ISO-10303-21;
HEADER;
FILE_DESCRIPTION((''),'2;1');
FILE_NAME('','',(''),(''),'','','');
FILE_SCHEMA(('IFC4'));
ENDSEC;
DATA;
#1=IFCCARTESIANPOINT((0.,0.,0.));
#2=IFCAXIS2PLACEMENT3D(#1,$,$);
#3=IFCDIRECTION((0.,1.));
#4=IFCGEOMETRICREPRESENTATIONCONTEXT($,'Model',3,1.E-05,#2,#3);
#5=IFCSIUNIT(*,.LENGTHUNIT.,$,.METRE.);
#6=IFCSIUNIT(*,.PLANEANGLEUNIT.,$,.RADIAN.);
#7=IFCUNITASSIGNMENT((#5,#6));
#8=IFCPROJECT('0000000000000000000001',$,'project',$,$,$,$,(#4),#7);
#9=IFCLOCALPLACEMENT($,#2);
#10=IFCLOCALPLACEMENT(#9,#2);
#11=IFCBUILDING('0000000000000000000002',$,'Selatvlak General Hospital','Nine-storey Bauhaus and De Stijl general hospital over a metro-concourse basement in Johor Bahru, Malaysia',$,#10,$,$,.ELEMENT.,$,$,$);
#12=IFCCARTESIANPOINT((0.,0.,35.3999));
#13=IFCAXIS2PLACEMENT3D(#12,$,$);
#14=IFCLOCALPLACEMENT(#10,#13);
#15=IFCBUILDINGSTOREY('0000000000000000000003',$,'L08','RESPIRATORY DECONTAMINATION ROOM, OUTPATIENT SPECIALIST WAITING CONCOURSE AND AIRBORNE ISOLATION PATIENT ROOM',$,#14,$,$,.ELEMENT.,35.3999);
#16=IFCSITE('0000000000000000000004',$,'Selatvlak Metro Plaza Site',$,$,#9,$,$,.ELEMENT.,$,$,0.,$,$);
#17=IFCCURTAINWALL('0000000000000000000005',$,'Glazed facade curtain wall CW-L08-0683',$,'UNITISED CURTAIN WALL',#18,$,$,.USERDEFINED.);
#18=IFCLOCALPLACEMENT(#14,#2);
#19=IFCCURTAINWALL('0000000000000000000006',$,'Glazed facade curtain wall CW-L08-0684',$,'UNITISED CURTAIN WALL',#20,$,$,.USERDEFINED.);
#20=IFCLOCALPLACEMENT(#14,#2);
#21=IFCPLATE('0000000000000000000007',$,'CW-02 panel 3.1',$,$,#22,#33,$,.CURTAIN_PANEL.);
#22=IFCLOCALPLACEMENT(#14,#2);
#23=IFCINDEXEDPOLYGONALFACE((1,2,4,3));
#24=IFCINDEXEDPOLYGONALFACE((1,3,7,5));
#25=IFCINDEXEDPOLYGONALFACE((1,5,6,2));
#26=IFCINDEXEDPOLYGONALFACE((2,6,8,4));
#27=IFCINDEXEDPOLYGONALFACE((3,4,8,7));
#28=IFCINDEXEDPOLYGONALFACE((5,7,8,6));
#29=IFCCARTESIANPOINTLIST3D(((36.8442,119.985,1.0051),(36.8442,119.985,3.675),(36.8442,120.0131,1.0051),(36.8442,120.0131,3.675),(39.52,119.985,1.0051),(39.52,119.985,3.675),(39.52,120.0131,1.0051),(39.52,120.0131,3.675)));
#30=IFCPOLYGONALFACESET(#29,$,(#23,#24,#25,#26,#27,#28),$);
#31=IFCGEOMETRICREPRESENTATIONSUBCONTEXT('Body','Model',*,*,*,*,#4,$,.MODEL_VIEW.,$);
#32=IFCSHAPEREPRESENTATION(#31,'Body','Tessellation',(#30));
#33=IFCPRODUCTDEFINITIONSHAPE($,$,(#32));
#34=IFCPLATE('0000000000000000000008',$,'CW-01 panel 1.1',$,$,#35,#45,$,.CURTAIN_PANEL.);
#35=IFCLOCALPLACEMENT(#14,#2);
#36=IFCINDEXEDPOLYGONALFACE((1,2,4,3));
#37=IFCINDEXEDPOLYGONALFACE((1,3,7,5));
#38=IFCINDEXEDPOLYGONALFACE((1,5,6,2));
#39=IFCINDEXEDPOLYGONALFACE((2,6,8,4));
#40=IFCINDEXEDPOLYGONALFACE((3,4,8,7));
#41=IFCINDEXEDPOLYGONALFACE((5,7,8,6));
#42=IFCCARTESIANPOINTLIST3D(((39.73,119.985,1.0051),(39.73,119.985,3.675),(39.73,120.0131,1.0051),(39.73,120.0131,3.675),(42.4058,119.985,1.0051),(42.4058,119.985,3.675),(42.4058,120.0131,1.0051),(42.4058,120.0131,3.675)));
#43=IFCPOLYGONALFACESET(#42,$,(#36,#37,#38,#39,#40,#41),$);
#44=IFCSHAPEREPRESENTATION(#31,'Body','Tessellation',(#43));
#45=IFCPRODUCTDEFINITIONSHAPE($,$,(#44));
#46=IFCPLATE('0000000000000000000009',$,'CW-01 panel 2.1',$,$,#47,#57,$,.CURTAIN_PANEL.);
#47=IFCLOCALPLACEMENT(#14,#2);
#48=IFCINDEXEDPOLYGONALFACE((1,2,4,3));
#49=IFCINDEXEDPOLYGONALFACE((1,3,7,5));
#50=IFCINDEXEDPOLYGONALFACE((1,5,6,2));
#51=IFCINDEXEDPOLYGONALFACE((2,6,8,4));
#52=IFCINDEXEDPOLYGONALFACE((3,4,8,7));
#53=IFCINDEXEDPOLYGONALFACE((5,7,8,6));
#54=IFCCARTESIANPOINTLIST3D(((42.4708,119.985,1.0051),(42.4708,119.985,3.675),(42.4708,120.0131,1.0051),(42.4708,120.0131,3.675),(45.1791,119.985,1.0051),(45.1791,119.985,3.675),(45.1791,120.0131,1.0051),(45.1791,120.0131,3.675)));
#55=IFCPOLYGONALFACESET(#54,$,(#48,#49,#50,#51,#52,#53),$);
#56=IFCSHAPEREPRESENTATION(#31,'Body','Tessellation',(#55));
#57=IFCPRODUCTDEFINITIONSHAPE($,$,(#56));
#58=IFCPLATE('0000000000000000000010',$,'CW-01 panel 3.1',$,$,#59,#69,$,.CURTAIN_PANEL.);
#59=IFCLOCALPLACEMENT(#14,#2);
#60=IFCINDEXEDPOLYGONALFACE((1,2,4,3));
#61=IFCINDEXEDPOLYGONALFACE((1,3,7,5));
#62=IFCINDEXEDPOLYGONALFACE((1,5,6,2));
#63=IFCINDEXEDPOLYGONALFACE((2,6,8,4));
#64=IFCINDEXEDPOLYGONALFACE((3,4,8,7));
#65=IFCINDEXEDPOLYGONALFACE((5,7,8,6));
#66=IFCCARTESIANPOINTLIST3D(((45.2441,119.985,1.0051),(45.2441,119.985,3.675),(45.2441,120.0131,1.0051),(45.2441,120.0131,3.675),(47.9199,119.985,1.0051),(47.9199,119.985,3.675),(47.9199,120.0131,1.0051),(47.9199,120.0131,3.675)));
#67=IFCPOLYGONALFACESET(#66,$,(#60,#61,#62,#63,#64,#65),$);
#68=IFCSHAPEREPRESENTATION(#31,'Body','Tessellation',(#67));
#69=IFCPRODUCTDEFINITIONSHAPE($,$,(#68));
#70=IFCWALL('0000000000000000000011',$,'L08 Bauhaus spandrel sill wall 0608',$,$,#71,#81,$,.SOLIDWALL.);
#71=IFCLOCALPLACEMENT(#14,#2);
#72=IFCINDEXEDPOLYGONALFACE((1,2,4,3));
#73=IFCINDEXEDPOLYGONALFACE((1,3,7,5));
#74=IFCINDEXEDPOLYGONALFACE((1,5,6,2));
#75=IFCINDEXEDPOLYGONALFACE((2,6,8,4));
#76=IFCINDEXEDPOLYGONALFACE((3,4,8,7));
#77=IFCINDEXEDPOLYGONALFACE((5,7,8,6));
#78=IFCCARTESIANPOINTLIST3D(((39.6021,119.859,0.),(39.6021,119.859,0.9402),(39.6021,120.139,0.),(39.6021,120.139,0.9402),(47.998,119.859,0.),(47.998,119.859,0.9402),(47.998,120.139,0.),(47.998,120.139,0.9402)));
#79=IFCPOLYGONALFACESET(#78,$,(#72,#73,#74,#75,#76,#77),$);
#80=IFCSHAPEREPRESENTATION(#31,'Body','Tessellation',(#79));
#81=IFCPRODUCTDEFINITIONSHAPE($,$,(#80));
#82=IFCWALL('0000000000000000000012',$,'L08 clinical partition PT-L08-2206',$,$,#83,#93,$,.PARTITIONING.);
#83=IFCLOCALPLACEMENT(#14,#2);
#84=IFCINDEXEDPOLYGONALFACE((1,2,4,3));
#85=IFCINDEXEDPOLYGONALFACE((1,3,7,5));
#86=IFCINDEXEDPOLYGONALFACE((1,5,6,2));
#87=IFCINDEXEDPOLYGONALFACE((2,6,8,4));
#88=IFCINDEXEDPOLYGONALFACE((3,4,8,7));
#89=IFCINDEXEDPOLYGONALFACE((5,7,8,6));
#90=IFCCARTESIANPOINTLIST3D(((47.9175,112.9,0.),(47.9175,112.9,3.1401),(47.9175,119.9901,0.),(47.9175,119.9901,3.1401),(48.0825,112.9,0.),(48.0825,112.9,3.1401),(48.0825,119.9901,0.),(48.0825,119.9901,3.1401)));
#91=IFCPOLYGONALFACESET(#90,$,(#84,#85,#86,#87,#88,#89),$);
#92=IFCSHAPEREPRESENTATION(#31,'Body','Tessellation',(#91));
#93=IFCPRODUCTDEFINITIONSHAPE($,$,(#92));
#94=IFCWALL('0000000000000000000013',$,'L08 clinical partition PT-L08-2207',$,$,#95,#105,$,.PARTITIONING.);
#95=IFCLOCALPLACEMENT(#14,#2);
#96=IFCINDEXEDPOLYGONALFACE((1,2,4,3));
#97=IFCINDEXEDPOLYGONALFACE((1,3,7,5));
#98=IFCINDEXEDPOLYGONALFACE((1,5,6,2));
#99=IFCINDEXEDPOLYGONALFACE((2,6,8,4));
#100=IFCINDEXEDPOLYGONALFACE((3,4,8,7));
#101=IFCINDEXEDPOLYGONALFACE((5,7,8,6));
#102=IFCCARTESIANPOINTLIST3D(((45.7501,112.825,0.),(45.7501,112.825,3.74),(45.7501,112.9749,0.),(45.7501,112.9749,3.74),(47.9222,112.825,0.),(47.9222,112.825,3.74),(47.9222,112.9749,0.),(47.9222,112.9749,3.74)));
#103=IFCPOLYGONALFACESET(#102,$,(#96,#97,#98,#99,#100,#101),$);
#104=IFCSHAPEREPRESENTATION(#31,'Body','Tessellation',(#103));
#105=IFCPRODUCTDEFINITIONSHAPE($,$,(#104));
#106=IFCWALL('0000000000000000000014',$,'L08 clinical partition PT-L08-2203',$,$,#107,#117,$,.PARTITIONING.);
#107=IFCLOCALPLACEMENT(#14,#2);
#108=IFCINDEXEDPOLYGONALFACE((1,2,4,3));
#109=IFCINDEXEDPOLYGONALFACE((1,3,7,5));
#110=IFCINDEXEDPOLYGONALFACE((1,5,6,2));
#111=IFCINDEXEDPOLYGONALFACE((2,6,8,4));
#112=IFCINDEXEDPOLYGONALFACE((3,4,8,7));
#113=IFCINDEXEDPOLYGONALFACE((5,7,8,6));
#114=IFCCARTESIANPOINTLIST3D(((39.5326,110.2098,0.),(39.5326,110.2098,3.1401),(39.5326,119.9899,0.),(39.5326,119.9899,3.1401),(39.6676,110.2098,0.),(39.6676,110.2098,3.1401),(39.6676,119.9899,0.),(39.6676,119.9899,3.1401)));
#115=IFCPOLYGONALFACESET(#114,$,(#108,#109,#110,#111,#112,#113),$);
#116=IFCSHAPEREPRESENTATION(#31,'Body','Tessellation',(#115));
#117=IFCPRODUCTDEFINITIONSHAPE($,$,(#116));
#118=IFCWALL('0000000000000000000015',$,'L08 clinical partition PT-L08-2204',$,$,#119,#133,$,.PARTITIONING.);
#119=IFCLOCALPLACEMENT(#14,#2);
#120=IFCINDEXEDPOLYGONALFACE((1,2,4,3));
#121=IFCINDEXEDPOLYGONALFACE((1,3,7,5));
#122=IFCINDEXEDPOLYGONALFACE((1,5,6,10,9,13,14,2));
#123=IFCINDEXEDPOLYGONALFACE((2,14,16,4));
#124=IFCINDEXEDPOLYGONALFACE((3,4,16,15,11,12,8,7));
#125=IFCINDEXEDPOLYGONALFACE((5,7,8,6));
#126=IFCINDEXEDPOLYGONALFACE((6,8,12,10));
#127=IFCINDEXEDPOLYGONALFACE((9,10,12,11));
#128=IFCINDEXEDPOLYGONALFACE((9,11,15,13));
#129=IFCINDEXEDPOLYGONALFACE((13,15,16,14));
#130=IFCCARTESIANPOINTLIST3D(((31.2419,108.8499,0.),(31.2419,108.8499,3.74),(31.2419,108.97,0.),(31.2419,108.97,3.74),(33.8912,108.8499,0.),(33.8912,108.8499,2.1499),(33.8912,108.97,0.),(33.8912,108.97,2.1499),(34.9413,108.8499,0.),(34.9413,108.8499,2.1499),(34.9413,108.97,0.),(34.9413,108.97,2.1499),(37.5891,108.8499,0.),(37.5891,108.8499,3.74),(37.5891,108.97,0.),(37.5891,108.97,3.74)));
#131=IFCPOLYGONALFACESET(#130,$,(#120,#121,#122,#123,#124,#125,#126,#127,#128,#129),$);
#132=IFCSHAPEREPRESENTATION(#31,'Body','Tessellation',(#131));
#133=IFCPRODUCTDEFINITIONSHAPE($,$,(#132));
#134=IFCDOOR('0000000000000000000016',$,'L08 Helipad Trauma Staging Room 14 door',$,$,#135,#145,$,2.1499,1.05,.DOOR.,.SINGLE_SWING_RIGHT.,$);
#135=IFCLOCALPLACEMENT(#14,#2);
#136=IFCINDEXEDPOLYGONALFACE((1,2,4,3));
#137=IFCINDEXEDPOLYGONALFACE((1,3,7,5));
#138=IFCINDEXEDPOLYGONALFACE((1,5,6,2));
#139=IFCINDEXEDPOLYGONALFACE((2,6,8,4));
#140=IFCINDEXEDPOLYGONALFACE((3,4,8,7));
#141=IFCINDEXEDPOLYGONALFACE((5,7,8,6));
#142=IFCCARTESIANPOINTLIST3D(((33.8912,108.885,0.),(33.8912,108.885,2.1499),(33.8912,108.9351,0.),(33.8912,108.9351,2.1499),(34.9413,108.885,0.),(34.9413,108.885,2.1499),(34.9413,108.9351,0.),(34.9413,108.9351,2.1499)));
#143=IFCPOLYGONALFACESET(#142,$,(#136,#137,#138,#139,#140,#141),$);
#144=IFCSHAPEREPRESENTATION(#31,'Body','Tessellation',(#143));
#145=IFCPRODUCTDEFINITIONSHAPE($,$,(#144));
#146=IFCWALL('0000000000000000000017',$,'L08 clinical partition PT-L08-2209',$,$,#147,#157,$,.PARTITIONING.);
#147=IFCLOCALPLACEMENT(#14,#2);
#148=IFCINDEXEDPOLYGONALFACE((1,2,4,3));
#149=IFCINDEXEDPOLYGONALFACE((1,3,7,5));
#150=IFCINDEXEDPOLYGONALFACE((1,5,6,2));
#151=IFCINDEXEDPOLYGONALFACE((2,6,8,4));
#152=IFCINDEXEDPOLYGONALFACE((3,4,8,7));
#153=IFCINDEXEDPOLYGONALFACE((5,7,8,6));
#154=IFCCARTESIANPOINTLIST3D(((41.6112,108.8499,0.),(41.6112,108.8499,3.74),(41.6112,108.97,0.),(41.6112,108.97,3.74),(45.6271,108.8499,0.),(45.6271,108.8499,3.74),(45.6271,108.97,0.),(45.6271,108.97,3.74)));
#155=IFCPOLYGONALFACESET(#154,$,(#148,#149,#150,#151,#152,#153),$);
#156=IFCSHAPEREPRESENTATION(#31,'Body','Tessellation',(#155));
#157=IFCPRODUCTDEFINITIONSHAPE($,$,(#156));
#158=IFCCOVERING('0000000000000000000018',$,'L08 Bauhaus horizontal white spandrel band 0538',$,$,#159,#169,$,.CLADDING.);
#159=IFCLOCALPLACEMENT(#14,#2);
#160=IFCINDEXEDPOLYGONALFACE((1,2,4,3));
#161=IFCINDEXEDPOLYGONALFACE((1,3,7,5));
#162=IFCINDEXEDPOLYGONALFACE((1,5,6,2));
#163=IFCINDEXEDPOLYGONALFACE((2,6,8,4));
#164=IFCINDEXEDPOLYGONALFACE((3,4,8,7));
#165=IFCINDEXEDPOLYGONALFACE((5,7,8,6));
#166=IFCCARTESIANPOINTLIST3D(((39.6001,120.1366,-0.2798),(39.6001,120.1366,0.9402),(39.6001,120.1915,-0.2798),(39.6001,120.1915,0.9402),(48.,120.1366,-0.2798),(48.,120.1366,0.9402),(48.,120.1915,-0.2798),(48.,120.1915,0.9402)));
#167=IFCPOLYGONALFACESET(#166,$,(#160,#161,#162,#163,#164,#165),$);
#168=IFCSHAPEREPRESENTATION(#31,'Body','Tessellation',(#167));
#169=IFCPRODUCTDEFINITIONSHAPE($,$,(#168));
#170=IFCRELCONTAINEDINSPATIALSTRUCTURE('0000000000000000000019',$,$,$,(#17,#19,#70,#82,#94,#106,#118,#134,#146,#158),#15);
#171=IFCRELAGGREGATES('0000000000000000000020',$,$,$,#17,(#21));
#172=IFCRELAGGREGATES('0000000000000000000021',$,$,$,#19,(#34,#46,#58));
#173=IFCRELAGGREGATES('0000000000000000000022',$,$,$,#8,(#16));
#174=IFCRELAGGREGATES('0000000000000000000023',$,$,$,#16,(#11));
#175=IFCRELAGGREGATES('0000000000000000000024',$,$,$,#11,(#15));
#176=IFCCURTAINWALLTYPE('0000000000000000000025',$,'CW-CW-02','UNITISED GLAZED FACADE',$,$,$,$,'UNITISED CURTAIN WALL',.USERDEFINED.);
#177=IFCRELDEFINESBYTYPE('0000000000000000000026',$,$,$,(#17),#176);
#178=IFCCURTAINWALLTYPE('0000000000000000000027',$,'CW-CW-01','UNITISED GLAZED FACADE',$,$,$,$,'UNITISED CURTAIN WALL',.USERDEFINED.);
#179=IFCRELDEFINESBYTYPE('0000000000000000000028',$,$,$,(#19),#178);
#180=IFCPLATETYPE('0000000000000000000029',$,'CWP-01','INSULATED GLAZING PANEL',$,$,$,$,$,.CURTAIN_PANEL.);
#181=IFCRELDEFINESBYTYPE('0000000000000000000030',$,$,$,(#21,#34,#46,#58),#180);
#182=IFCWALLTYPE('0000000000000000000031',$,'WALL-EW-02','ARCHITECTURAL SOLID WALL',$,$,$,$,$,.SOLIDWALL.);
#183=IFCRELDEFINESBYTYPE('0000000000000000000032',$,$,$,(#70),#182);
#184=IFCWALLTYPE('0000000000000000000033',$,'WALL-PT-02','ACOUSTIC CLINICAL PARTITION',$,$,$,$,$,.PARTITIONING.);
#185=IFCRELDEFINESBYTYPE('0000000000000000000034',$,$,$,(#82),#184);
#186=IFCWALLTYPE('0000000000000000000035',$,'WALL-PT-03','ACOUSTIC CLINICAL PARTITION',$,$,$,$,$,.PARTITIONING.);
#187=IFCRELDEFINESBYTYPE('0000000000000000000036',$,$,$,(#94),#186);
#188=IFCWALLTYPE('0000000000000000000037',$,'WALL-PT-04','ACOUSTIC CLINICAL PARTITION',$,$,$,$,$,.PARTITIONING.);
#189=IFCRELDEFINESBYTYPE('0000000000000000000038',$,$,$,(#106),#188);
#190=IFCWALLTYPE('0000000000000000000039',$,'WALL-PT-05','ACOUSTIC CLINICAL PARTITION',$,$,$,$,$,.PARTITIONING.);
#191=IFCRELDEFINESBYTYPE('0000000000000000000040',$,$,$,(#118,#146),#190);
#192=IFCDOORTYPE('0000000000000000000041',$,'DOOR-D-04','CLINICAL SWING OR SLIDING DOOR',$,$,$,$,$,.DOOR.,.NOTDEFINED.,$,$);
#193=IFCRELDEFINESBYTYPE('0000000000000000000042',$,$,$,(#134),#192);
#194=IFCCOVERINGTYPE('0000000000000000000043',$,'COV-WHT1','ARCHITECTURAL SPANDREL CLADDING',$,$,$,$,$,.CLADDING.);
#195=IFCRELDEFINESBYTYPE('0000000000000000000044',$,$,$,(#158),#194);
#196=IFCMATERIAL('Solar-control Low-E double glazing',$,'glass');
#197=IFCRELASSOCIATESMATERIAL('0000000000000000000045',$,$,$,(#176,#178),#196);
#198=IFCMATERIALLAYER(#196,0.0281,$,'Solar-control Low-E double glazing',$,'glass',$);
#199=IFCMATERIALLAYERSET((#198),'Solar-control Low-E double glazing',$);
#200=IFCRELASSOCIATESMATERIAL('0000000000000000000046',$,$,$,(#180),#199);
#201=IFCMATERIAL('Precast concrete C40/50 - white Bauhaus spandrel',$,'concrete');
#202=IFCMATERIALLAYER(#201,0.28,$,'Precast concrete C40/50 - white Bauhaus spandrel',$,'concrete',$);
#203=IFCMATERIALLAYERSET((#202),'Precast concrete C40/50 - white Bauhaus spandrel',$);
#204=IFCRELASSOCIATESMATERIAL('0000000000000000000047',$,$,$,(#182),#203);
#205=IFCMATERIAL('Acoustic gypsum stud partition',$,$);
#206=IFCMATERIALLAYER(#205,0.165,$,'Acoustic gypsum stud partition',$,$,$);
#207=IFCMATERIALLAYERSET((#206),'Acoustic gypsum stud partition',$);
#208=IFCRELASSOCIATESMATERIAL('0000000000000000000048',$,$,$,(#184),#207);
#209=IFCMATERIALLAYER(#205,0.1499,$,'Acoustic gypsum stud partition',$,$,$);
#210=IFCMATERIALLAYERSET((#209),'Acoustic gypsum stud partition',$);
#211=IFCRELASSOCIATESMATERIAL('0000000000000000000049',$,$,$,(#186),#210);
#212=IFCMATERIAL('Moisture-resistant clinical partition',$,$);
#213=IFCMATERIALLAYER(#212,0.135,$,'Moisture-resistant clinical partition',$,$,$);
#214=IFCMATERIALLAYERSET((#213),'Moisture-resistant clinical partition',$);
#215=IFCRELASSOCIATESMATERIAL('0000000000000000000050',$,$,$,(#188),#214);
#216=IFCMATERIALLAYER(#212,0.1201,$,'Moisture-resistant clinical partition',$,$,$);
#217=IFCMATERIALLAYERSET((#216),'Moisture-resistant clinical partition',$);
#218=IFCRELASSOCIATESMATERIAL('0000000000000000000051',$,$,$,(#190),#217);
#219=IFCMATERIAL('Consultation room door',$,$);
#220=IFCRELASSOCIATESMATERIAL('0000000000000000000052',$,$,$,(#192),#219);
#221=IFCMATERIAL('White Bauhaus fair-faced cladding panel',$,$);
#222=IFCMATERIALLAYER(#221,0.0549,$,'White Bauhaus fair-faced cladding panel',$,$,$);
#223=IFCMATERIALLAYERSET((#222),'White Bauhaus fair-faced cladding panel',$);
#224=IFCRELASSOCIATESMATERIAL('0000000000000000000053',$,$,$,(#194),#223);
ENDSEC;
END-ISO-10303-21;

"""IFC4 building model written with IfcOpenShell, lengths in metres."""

from ifc_helpers import new_model, si_unit, direction, frame, frame_2d, origin, origin_2d, place, context, subcontext, project, spatial, rectangle, extrude, material, layer, layer_set, type_object, element, fill, aggregate, save


model = new_model("IFC4")

# Units and contexts
model_context = context("Model", 3, precision=1e-05, world=origin(), true_north=direction((0.0, 1.0)))
body_context = subcontext(model_context, "Body", "Model", "MODEL_VIEW")
ifc_project = project(units=[si_unit("LENGTHUNIT", "METRE"), si_unit("PLANEANGLEUNIT", "RADIAN")], contexts=[model_context])

# Site, building, storey
site_placement = place(None, origin())
site = spatial("IfcSite", under=ifc_project, at=site_placement, Name="Selatvlak Metro Plaza Site", CompositionType="ELEMENT", RefElevation=0.0)
building_placement = place(site_placement, origin())
building = spatial("IfcBuilding", under=site, at=building_placement, Name="Selatvlak General Hospital", Description="Nine-storey Bauhaus and De Stijl general hospital over a metro-concourse basement in Johor Bahru, Malaysia", CompositionType="ELEMENT")
storey_placement = place(building_placement, frame((0.0, 0.0, 35.3999)))
storey = spatial("IfcBuildingStorey", under=building, at=storey_placement, Name="L08", Description="RESPIRATORY DECONTAMINATION ROOM, OUTPATIENT SPECIALIST WAITING CONCOURSE AND AIRBORNE ISOLATION PATIENT ROOM", CompositionType="ELEMENT", Elevation=35.3999)

# Curtain wall
ifc_material_1 = material(Name="Solar-control Low-E double glazing", Category="glass")
curtain_wall_type_1 = type_object("IfcCurtainWallType", Name="CW-CW-02", Description="UNITISED GLAZED FACADE", ElementType="UNITISED CURTAIN WALL", PredefinedType="USERDEFINED", material=ifc_material_1)
curtain_wall_1_placement = place(storey_placement, origin())
curtain_wall_1 = element("IfcCurtainWall", 1, at=curtain_wall_1_placement, inside=storey, type_object=curtain_wall_type_1, Name="Glazed facade curtain wall CW-L08-0683", ObjectType="UNITISED CURTAIN WALL", PredefinedType="USERDEFINED")

# Curtain wall
curtain_wall_type_2 = type_object("IfcCurtainWallType", Name="CW-CW-01", Description="UNITISED GLAZED FACADE", ElementType="UNITISED CURTAIN WALL", PredefinedType="USERDEFINED", material=ifc_material_1)
curtain_wall_2_placement = place(storey_placement, origin())
curtain_wall_2 = element("IfcCurtainWall", 2, at=curtain_wall_2_placement, inside=storey, type_object=curtain_wall_type_2, Name="Glazed facade curtain wall CW-L08-0684", ObjectType="UNITISED CURTAIN WALL", PredefinedType="USERDEFINED")

# Plates
ifc_layer_1 = layer(ifc_material_1, 0.0281, Name="Solar-control Low-E double glazing", Category="glass")
ifc_layer_set_1 = layer_set([ifc_layer_1], Name="Solar-control Low-E double glazing")
plate_type = type_object("IfcPlateType", Name="CWP-01", Description="INSULATED GLAZING PANEL", PredefinedType="CURTAIN_PANEL", material=ifc_layer_set_1)
plate_1_placement = place(storey_placement, frame((38.1821, 119.999, 1.0051), z_axis=(0.0, 0.0, 1.0), x_axis=(1.0, 0.0, 0.0)))
plate_1 = element("IfcPlate", 3, at=plate_1_placement, type_object=plate_type, Name="CW-02 panel 3.1", PredefinedType="CURTAIN_PANEL", context=body_context, shape_type="SweptSolid", body=[
    extrude(rectangle(XDim=2.6758, YDim=0.0281, at=origin_2d()), origin(), (0.0, 0.0, 1.0), 2.6699),
])
aggregate(curtain_wall_1, [plate_1])
plate_2_placement = place(storey_placement, frame((41.0679, 119.999, 1.0051), z_axis=(0.0, 0.0, 1.0), x_axis=(1.0, 0.0, 0.0)))
plate_2 = element("IfcPlate", 4, at=plate_2_placement, type_object=plate_type, Name="CW-01 panel 1.1", PredefinedType="CURTAIN_PANEL", context=body_context, shape_type="SweptSolid", body=[
    extrude(rectangle(XDim=2.6758, YDim=0.0281, at=origin_2d()), origin(), (0.0, 0.0, 1.0), 2.6699),
])
plate_3_placement = place(storey_placement, frame((43.825, 119.999, 1.0051), z_axis=(0.0, 0.0, 1.0), x_axis=(1.0, 0.0, 0.0)))
plate_3 = element("IfcPlate", 5, at=plate_3_placement, type_object=plate_type, Name="CW-01 panel 2.1", PredefinedType="CURTAIN_PANEL", context=body_context, shape_type="SweptSolid", body=[
    extrude(rectangle(XDim=2.7083, YDim=0.0281, at=origin_2d()), origin(), (0.0, 0.0, 1.0), 2.6699),
])
plate_4_placement = place(storey_placement, frame((46.582, 119.999, 1.0051), z_axis=(0.0, 0.0, 1.0), x_axis=(1.0, 0.0, 0.0)))
plate_4 = element("IfcPlate", 6, at=plate_4_placement, type_object=plate_type, Name="CW-01 panel 3.1", PredefinedType="CURTAIN_PANEL", context=body_context, shape_type="SweptSolid", body=[
    extrude(rectangle(XDim=2.6758, YDim=0.0281, at=origin_2d()), origin(), (0.0, 0.0, 1.0), 2.6699),
])
aggregate(curtain_wall_2, [plate_2, plate_3, plate_4])

# Walls
ifc_material_2 = material(Name="Precast concrete C40/50 - white Bauhaus spandrel", Category="concrete")
ifc_layer_2 = layer(ifc_material_2, 0.28, Name="Precast concrete C40/50 - white Bauhaus spandrel", Category="concrete")
ifc_layer_set_2 = layer_set([ifc_layer_2], Name="Precast concrete C40/50 - white Bauhaus spandrel")
wall_type_1 = type_object("IfcWallType", Name="WALL-EW-02", Description="ARCHITECTURAL SOLID WALL", PredefinedType="SOLIDWALL", material=ifc_layer_set_2)
wall_1_placement = place(storey_placement, frame((39.6021, 119.999, 0.0), z_axis=(0.0, 0.0, 1.0), x_axis=(1.0, 0.0, 0.0)))
element("IfcWall", 7, at=wall_1_placement, inside=storey, type_object=wall_type_1, Name="L08 Bauhaus spandrel sill wall 0608", PredefinedType="SOLIDWALL", context=body_context, shape_type="SweptSolid", body=[
    extrude(rectangle(XDim=8.396, YDim=0.28, at=frame_2d((4.198, 0.0))), origin(), (0.0, 0.0, 1.0), 0.9402),
])
ifc_material_3 = material(Name="Acoustic gypsum stud partition")
ifc_layer_3 = layer(ifc_material_3, 0.165, Name="Acoustic gypsum stud partition")
ifc_layer_set_3 = layer_set([ifc_layer_3], Name="Acoustic gypsum stud partition")
wall_type_2 = type_object("IfcWallType", Name="WALL-PT-02", Description="ACOUSTIC CLINICAL PARTITION", PredefinedType="PARTITIONING", material=ifc_layer_set_3)
wall_2_placement = place(storey_placement, frame((48.0, 119.99, 0.0), z_axis=(0.0, 0.0, 1.0), x_axis=(0.0, -1.0, 0.0)))
element("IfcWall", 8, at=wall_2_placement, inside=storey, type_object=wall_type_2, Name="L08 clinical partition PT-L08-2206", PredefinedType="PARTITIONING", context=body_context, shape_type="SweptSolid", body=[
    extrude(rectangle(XDim=7.0901, YDim=0.165, at=frame_2d((3.5449, 0.0))), origin(), (0.0, 0.0, 1.0), 3.1401),
])
ifc_layer_4 = layer(ifc_material_3, 0.1499, Name="Acoustic gypsum stud partition")
ifc_layer_set_4 = layer_set([ifc_layer_4], Name="Acoustic gypsum stud partition")
wall_type_3 = type_object("IfcWallType", Name="WALL-PT-03", Description="ACOUSTIC CLINICAL PARTITION", PredefinedType="PARTITIONING", material=ifc_layer_set_4)
wall_3_placement = place(storey_placement, frame((47.9221, 112.8999, 0.0), z_axis=(0.0, 0.0, 1.0), x_axis=(-1.0, 0.0, 0.0)))
element("IfcWall", 9, at=wall_3_placement, inside=storey, type_object=wall_type_3, Name="L08 clinical partition PT-L08-2207", PredefinedType="PARTITIONING", context=body_context, shape_type="SweptSolid", body=[
    extrude(rectangle(XDim=2.1721, YDim=0.1499, at=frame_2d((1.0859, 0.0))), origin(), (0.0, 0.0, 1.0), 3.74),
])
ifc_material_4 = material(Name="Moisture-resistant clinical partition")
ifc_layer_5 = layer(ifc_material_4, 0.135, Name="Moisture-resistant clinical partition")
ifc_layer_set_5 = layer_set([ifc_layer_5], Name="Moisture-resistant clinical partition")
wall_type_4 = type_object("IfcWallType", Name="WALL-PT-04", Description="ACOUSTIC CLINICAL PARTITION", PredefinedType="PARTITIONING", material=ifc_layer_set_5)
wall_4_placement = place(storey_placement, frame((39.6001, 119.99, 0.0), z_axis=(0.0, 0.0, 1.0), x_axis=(0.0, -1.0, 0.0)))
element("IfcWall", 10, at=wall_4_placement, inside=storey, type_object=wall_type_4, Name="L08 clinical partition PT-L08-2203", PredefinedType="PARTITIONING", context=body_context, shape_type="SweptSolid", body=[
    extrude(rectangle(XDim=9.78, YDim=0.135, at=frame_2d((4.8901, 0.0))), origin(), (0.0, 0.0, 1.0), 3.1401),
])

# Wall, opening, door
ifc_layer_6 = layer(ifc_material_4, 0.1201, Name="Moisture-resistant clinical partition")
ifc_layer_set_6 = layer_set([ifc_layer_6], Name="Moisture-resistant clinical partition")
wall_type_5 = type_object("IfcWallType", Name="WALL-PT-05", Description="ACOUSTIC CLINICAL PARTITION", PredefinedType="PARTITIONING", material=ifc_layer_set_6)
wall_5_placement = place(storey_placement, frame((37.5891, 108.9099, 0.0), z_axis=(0.0, 0.0, 1.0), x_axis=(-1.0, 0.0, 0.0)))
wall_5 = element("IfcWall", 11, at=wall_5_placement, inside=storey, type_object=wall_type_5, Name="L08 clinical partition PT-L08-2204", PredefinedType="PARTITIONING", context=body_context, shape_type="SweptSolid", body=[
    extrude(rectangle(XDim=6.3472, YDim=0.1201, at=frame_2d((3.1736, 0.0))), origin(), (0.0, 0.0, 1.0), 3.74),
])
opening_1_placement = place(wall_5_placement, frame((2.6479, 0.0, 0.0)))
opening_1 = element("IfcOpeningElement", 12, at=opening_1_placement, cuts=wall_5, PredefinedType="OPENING", context=body_context, shape_type="SweptSolid", body=[
    extrude(rectangle(XDim=1.05, YDim=2.1499, at=frame_2d((0.5249, 1.075))), frame((0.0, 0.0701, 0.0), z_axis=(0.0, -1.0, 0.0), x_axis=(1.0, 0.0, 0.0)), (0.0, 0.0, 1.0), 0.1401),
])
ifc_material_5 = material(Name="Consultation room door")
door_type_1 = type_object("IfcDoorType", Name="DOOR-D-04", Description="CLINICAL SWING OR SLIDING DOOR", OperationType="NOTDEFINED", PredefinedType="DOOR", material=ifc_material_5)
door_1_placement = place(opening_1_placement, origin())
door_1 = element("IfcDoor", 13, at=door_1_placement, inside=storey, type_object=door_type_1, Name="L08 Helipad Trauma Staging Room 14 door", OperationType="SINGLE_SWING_RIGHT", OverallHeight=2.1499, OverallWidth=1.05, PredefinedType="DOOR", context=body_context, shape_type="SweptSolid", body=[
    extrude(rectangle(XDim=1.05, YDim=2.1499, at=frame_2d((0.5249, 1.075))), frame((0.0, 0.0249, 0.0), z_axis=(0.0, -1.0, 0.0), x_axis=(1.0, 0.0, 0.0)), (0.0, 0.0, 1.0), 0.05),
])
fill(opening_1, door_1)

# Wall
wall_6_placement = place(storey_placement, frame((45.627, 108.9099, 0.0), z_axis=(0.0, 0.0, 1.0), x_axis=(-1.0, 0.0, 0.0)))
element("IfcWall", 14, at=wall_6_placement, inside=storey, type_object=wall_type_5, Name="L08 clinical partition PT-L08-2209", PredefinedType="PARTITIONING", context=body_context, shape_type="SweptSolid", body=[
    extrude(rectangle(XDim=4.0159, YDim=0.1201, at=frame_2d((2.0078, 0.0))), origin(), (0.0, 0.0, 1.0), 3.74),
])

# Covering
ifc_material_6 = material(Name="White Bauhaus fair-faced cladding panel")
ifc_layer_7 = layer(ifc_material_6, 0.0549, Name="White Bauhaus fair-faced cladding panel")
ifc_layer_set_7 = layer_set([ifc_layer_7], Name="White Bauhaus fair-faced cladding panel")
covering_type = type_object("IfcCoveringType", Name="COV-WHT1", Description="ARCHITECTURAL SPANDREL CLADDING", PredefinedType="CLADDING", material=ifc_layer_set_7)
covering_placement = place(storey_placement, frame((43.8, 120.1641, -0.2798), z_axis=(0.0, 0.0, 1.0), x_axis=(1.0, 0.0, 0.0)))
element("IfcCovering", 15, at=covering_placement, inside=storey, type_object=covering_type, Name="L08 Bauhaus horizontal white spandrel band 0538", PredefinedType="CLADDING", context=body_context, shape_type="SweptSolid", body=[
    extrude(rectangle(XDim=8.3999, YDim=0.0549, at=origin_2d()), origin(), (0.0, 0.0, 1.0), 1.22),
])

save(model, "model.ifc")
